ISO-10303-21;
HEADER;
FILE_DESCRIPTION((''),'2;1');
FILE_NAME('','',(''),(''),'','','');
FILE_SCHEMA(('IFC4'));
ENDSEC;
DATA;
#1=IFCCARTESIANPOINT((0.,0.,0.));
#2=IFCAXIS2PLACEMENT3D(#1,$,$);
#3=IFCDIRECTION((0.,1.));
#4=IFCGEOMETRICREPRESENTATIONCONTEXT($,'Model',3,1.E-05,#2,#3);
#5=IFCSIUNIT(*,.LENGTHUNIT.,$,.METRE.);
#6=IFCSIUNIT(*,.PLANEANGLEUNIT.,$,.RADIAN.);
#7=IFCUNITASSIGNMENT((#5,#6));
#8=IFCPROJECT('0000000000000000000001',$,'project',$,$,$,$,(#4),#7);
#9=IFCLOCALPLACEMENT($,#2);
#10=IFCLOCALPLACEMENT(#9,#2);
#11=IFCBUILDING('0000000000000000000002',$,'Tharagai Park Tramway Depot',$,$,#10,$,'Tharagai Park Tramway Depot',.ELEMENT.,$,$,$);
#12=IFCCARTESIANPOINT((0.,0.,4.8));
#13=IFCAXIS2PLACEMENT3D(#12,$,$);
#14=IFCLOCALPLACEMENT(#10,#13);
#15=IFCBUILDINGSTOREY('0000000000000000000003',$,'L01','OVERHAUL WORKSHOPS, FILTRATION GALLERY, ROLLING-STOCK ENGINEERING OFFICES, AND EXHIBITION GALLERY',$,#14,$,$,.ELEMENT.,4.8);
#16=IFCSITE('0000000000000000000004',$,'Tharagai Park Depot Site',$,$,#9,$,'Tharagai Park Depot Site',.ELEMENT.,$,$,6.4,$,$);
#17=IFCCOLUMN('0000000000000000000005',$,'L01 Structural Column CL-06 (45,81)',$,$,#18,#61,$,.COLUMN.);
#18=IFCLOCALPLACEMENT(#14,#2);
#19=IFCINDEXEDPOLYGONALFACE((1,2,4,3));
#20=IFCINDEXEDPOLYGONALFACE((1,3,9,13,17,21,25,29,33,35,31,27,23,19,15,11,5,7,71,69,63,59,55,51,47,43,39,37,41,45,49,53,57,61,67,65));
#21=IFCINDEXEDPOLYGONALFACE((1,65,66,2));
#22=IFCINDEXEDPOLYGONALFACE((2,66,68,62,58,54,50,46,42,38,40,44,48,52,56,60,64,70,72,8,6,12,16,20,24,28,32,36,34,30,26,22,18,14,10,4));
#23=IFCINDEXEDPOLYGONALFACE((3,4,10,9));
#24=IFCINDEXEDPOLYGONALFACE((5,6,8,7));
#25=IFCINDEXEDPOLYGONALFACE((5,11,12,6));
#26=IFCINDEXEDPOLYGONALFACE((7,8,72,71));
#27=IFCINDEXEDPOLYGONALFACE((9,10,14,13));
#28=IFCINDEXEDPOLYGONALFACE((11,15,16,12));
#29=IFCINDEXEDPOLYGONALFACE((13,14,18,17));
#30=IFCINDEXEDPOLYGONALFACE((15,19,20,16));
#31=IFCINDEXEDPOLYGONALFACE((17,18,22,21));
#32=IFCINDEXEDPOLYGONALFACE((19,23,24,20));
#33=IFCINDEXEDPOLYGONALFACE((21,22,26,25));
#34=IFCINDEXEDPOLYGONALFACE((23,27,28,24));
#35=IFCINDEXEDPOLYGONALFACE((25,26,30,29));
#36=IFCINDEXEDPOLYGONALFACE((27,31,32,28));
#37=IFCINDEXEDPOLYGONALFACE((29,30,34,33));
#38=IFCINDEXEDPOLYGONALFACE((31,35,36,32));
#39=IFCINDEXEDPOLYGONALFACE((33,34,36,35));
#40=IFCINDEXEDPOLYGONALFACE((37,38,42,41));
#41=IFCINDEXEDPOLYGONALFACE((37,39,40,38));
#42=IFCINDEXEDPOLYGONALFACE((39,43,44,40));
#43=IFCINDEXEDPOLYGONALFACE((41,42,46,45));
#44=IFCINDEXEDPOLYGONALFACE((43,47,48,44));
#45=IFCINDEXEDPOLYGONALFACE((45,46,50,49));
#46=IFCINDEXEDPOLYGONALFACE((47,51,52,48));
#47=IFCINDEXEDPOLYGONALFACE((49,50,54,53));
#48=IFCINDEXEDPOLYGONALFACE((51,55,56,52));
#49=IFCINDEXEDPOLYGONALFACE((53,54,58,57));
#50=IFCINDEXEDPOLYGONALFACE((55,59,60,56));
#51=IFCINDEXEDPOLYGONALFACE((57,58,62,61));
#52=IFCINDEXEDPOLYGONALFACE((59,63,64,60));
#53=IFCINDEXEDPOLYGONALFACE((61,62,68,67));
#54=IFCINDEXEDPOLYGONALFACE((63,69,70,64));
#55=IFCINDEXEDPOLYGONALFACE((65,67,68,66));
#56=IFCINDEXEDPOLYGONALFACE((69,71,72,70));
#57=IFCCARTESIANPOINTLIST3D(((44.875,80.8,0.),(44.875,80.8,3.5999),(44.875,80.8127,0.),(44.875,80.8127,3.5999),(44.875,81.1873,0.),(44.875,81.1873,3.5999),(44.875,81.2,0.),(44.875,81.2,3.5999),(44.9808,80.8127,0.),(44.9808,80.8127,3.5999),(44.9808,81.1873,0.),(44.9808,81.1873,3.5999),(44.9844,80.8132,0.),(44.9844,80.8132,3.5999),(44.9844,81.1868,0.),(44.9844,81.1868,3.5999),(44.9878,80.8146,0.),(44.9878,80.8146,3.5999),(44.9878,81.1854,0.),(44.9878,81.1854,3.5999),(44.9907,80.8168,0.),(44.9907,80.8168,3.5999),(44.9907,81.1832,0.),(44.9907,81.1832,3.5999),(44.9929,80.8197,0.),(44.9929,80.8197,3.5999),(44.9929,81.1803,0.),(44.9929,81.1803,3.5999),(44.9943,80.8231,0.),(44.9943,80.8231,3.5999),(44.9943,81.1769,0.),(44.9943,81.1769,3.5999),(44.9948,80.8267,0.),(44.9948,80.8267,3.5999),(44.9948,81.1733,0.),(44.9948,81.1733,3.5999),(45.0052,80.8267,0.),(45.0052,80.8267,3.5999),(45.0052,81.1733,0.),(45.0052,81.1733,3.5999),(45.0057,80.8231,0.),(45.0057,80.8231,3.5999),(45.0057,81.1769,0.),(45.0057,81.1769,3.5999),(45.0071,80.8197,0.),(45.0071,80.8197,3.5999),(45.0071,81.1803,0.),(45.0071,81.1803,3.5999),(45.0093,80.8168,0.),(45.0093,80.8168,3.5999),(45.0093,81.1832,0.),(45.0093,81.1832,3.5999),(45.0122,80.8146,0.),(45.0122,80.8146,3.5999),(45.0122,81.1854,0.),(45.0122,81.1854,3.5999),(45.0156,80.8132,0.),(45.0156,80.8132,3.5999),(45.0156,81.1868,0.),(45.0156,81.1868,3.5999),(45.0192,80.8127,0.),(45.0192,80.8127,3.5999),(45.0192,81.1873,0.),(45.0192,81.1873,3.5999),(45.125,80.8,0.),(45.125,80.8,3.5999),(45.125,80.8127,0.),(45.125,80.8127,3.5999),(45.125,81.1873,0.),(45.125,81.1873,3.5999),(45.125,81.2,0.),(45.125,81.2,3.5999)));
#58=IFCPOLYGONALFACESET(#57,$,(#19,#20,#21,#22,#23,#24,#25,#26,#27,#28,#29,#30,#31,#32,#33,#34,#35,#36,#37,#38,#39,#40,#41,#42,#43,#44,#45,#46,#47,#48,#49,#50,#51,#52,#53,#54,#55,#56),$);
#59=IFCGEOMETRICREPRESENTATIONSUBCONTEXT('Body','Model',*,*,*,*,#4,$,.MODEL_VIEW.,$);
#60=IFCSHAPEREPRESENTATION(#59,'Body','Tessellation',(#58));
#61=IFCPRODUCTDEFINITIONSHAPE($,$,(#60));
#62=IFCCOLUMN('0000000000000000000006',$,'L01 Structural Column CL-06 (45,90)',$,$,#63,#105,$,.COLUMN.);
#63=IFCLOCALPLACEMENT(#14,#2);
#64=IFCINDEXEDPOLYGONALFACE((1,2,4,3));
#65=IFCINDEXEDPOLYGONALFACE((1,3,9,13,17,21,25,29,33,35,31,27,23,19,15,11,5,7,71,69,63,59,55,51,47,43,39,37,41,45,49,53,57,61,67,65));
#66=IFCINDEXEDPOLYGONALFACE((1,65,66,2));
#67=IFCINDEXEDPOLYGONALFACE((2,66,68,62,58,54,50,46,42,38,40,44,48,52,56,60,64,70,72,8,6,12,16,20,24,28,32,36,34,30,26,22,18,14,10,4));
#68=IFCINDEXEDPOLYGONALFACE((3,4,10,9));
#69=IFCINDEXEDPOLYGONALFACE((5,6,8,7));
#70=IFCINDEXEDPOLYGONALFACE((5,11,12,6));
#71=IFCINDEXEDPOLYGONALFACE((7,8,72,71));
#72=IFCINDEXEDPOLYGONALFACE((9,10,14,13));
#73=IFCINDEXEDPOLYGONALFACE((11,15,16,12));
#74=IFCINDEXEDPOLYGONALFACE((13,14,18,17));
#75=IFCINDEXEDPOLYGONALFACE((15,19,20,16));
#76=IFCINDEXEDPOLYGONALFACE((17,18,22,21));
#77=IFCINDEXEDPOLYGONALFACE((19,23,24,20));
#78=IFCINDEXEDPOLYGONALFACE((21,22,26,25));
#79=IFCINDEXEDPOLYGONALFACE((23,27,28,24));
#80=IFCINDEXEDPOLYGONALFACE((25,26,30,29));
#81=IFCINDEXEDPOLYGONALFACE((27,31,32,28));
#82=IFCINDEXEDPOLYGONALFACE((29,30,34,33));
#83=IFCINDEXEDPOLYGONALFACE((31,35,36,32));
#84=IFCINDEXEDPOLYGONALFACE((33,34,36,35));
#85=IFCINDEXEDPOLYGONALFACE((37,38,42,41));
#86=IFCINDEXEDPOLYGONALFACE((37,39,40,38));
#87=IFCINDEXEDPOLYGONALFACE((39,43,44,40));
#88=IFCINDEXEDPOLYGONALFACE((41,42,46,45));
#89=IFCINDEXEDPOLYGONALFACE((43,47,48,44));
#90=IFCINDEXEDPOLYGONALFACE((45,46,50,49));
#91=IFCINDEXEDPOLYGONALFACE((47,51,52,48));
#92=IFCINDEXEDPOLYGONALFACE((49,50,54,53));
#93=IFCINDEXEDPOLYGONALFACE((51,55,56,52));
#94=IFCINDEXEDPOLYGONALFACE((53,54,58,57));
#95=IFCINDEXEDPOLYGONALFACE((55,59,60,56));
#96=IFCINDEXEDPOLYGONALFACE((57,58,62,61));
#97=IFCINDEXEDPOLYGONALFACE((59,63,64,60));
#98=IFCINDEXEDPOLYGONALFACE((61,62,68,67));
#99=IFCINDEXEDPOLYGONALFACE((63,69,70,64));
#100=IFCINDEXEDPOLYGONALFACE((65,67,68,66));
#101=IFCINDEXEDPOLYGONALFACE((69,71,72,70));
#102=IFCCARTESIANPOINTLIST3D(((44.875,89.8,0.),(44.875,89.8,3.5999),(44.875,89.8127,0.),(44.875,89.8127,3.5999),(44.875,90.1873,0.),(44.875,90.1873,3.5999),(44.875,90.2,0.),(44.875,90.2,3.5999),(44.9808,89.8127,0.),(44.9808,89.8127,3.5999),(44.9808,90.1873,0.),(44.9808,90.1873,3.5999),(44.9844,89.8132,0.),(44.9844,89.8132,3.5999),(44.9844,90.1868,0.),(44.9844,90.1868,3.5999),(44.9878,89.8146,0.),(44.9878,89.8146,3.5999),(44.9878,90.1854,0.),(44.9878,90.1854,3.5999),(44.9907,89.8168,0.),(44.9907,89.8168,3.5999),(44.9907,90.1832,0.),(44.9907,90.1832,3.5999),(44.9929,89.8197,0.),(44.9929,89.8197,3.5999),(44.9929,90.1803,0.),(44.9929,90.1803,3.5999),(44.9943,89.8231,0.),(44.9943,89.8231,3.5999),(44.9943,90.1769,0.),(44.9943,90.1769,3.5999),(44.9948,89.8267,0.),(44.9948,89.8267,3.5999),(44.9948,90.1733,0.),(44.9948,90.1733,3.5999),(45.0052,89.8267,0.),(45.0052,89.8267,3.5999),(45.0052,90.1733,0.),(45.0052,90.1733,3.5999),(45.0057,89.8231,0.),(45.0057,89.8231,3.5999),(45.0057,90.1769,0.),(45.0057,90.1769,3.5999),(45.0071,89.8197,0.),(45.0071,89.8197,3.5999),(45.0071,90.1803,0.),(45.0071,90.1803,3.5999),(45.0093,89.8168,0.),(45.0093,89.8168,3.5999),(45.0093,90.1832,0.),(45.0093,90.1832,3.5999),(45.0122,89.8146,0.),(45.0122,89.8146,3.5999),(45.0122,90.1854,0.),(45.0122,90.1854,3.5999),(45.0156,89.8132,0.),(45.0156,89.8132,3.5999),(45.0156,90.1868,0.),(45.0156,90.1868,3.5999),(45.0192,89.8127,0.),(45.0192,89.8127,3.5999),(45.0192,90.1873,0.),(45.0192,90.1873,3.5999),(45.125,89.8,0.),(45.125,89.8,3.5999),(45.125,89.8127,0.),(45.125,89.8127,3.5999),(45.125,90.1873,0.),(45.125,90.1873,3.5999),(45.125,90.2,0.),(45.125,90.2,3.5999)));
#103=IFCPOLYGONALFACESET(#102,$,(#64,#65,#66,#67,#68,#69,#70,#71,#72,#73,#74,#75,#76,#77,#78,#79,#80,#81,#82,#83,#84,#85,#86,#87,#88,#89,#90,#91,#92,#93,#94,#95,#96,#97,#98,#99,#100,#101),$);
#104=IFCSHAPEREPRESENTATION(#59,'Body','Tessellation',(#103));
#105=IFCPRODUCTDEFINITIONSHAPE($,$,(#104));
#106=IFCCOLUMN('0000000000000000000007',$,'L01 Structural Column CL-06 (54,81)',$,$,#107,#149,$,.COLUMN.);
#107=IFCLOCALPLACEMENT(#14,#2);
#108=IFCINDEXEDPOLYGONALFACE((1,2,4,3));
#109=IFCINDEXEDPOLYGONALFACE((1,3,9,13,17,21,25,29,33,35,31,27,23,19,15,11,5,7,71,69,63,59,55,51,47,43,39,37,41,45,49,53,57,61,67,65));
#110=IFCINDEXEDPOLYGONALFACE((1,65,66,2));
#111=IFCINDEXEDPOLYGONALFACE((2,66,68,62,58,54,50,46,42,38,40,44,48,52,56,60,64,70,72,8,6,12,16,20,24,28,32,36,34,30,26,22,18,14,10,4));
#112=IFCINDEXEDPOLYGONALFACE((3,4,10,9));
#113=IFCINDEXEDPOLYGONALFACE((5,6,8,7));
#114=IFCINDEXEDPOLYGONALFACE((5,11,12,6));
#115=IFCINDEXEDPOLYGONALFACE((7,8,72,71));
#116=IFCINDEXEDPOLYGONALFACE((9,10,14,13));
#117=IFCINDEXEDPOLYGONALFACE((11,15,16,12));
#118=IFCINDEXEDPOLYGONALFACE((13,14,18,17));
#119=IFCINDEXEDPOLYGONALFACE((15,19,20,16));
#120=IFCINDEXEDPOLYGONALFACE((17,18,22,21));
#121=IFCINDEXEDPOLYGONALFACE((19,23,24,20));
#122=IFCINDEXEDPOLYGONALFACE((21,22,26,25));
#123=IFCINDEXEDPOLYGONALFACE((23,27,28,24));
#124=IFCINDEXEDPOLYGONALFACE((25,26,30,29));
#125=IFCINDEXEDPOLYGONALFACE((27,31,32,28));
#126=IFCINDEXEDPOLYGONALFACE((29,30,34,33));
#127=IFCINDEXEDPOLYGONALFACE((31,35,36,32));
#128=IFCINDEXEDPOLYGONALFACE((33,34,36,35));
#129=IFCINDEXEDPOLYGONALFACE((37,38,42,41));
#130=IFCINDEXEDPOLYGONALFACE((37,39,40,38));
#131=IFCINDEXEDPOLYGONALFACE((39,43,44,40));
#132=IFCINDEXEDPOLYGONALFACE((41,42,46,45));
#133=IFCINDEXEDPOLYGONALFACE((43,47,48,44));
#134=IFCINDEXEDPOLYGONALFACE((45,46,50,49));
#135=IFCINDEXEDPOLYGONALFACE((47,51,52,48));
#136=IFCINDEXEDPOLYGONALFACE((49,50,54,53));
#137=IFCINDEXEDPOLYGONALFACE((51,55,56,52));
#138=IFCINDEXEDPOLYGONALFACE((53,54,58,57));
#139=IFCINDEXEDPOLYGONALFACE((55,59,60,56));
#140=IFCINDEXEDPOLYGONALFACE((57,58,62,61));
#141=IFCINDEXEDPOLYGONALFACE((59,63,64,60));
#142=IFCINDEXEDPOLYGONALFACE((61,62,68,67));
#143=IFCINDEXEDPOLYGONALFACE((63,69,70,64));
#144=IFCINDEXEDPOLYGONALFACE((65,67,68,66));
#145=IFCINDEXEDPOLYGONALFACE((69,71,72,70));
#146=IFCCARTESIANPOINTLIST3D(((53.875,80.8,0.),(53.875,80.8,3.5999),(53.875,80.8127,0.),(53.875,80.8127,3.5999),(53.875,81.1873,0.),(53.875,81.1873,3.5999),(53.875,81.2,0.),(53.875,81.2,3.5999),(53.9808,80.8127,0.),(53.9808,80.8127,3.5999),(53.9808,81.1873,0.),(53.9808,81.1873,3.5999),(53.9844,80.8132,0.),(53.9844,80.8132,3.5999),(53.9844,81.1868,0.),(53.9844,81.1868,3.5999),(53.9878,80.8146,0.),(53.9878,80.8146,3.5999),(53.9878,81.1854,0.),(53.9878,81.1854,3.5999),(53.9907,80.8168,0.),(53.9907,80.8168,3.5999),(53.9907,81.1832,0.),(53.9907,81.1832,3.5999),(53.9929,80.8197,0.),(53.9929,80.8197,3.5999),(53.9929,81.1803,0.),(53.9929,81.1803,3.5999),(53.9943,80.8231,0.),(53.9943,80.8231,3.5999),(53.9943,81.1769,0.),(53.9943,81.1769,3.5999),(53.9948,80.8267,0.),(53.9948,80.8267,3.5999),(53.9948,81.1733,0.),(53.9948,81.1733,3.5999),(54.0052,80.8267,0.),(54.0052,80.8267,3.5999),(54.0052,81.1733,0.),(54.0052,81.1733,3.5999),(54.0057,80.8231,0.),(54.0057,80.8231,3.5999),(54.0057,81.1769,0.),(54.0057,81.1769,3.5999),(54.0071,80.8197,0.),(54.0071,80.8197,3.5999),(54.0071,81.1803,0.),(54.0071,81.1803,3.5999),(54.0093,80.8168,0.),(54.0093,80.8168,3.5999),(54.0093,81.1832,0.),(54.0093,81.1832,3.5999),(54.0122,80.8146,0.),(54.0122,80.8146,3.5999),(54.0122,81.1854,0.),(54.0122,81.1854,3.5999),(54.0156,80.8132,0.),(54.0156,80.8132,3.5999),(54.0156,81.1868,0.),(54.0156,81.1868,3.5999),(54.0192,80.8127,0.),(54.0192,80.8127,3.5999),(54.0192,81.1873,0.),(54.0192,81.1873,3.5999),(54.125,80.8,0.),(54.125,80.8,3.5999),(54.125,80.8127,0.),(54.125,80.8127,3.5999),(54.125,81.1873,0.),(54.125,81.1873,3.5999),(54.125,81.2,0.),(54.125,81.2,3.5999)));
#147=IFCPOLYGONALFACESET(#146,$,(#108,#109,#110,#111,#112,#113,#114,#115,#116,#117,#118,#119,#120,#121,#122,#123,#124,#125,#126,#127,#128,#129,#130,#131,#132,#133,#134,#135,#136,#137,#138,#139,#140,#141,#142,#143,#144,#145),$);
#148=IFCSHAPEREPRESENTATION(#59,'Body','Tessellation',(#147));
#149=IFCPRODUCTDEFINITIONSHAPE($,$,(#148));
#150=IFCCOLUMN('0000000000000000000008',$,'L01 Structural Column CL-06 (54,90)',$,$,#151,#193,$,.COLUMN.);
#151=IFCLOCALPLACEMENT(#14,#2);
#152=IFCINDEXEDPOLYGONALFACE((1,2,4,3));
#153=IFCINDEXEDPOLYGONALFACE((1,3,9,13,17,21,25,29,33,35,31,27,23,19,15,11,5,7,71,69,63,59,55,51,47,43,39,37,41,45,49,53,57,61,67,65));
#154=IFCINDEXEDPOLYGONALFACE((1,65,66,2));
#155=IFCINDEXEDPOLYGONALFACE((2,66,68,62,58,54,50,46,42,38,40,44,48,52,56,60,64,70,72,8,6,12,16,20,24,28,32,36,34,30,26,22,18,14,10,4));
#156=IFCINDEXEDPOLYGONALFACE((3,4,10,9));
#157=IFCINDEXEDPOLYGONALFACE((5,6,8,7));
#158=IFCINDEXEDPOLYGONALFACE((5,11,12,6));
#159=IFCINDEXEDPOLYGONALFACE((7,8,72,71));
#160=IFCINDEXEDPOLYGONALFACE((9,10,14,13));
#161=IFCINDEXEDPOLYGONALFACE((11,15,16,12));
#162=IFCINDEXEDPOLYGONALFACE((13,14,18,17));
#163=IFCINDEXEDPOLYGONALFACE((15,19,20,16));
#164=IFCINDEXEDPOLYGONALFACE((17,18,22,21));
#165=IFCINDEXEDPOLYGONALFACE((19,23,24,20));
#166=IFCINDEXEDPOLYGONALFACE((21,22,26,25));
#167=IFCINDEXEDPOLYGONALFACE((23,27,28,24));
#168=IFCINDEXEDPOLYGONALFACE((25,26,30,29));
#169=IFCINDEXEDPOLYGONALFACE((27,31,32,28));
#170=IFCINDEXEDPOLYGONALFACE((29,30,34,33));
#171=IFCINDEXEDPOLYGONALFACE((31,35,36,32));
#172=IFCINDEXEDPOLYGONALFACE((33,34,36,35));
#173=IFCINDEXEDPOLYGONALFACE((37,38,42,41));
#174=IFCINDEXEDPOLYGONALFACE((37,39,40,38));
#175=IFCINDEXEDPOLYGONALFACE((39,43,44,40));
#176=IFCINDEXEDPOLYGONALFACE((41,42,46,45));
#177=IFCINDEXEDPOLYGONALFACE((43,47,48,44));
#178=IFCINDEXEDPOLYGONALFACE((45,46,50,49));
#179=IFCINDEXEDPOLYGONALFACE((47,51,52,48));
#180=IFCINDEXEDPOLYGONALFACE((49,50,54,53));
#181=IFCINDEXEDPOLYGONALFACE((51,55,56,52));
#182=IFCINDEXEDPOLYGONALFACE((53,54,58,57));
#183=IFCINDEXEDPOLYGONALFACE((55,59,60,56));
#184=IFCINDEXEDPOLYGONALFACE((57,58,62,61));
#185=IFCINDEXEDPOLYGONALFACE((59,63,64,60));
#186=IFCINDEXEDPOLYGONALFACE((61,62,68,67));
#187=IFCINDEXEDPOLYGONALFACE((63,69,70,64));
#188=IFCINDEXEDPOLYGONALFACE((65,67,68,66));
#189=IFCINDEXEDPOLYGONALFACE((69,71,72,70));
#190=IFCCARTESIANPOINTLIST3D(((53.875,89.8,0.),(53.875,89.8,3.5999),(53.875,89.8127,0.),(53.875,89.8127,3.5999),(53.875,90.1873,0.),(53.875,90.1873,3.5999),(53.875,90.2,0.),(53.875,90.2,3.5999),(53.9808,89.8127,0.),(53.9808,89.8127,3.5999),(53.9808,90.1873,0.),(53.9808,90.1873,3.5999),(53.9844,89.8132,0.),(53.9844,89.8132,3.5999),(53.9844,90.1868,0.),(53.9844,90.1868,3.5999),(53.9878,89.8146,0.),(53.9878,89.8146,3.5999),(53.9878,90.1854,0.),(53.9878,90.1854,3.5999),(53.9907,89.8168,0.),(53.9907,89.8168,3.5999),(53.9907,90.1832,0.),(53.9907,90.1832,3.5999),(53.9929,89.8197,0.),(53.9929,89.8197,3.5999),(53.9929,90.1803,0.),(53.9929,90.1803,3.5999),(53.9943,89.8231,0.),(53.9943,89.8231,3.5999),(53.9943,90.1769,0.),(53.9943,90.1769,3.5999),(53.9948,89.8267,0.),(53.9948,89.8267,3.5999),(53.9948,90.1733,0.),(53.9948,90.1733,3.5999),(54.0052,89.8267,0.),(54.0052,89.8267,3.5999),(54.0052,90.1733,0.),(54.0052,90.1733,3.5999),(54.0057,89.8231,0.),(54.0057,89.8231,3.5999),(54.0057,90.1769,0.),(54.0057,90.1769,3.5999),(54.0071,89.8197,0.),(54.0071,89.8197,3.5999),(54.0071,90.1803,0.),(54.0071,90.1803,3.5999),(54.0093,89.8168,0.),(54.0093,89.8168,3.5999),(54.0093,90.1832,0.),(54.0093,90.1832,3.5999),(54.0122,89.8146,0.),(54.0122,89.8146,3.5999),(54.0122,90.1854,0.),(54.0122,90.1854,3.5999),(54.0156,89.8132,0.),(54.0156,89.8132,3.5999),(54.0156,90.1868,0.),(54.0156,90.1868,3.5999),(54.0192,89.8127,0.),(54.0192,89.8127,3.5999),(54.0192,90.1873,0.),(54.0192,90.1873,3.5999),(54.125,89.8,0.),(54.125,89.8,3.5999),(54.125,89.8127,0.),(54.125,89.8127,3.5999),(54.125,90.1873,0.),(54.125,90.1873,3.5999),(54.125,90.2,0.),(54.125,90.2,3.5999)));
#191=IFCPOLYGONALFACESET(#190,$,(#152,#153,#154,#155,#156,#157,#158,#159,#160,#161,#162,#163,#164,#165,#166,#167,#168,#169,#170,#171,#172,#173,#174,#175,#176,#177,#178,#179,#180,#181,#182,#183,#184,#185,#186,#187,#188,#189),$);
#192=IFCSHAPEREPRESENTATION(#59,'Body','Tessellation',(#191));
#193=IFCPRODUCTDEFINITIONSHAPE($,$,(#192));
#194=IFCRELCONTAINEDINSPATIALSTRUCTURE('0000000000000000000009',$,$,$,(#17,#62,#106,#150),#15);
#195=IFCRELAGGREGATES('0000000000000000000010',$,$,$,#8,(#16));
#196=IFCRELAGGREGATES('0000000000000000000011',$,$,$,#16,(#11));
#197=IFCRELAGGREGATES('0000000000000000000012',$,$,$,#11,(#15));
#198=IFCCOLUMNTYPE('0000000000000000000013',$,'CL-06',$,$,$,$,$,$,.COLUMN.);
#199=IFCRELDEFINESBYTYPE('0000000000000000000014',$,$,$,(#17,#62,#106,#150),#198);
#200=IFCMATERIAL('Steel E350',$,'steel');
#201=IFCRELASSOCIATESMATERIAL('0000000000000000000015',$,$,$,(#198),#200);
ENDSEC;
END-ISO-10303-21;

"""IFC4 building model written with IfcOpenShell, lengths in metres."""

from ifc_helpers import new_model, si_unit, direction, frame, origin, origin_2d, place, context, subcontext, project, spatial, i_section, extrude, material, material_profile, profile_set, type_object, element, save


model = new_model("IFC4")

# Units and contexts
model_context = context("Model", 3, precision=1e-05, world=origin(), true_north=direction((0.0, 1.0)))
body_context = subcontext(model_context, "Body", "Model", "MODEL_VIEW")
ifc_project = project(units=[si_unit("LENGTHUNIT", "METRE"), si_unit("PLANEANGLEUNIT", "RADIAN")], contexts=[model_context])

# Site, building, storey
site_placement = place(None, origin())
site = spatial("IfcSite", under=ifc_project, at=site_placement, Name="Tharagai Park Depot Site", LongName="Tharagai Park Depot Site", CompositionType="ELEMENT", RefElevation=6.4)
building_placement = place(site_placement, origin())
building = spatial("IfcBuilding", under=site, at=building_placement, Name="Tharagai Park Tramway Depot", LongName="Tharagai Park Tramway Depot", CompositionType="ELEMENT")
storey_placement = place(building_placement, frame((0.0, 0.0, 4.8)))
storey = spatial("IfcBuildingStorey", under=building, at=storey_placement, Name="L01", Description="OVERHAUL WORKSHOPS, FILTRATION GALLERY, ROLLING-STOCK ENGINEERING OFFICES, AND EXHIBITION GALLERY", CompositionType="ELEMENT", Elevation=4.8)

# Columns
ifc_material_1 = material(Name="Steel E350", Category="steel")
ifc_material_profile_1 = material_profile(ifc_material_1, i_section(OverallWidth=0.25, OverallDepth=0.3999, WebThickness=0.0105, FlangeThickness=0.0127, FilletRadius=0.0139, at=origin_2d()), Name="ISHB 400")
ifc_profile_set_1 = profile_set([ifc_material_profile_1], Name="Steel E350")
column_type = type_object("IfcColumnType", Name="CL-06", PredefinedType="COLUMN", material=ifc_profile_set_1)
for number, where, z_axis, x_axis, name in (
    (1, (45.0, 81.0, 0.0), (0.0, 0.0, 1.0), (1.0, 0.0, 0.0), "L01 Structural Column CL-06 (45,81)"),
    (2, (45.0, 90.0, 0.0), (0.0, 0.0, 1.0), (1.0, 0.0, 0.0), "L01 Structural Column CL-06 (45,90)"),
    (3, (54.0, 81.0, 0.0), (0.0, 0.0, 1.0), (1.0, 0.0, 0.0), "L01 Structural Column CL-06 (54,81)"),
    (4, (54.0, 90.0, 0.0), (0.0, 0.0, 1.0), (1.0, 0.0, 0.0), "L01 Structural Column CL-06 (54,90)"),
):
    element("IfcColumn", number, at=place(storey_placement, frame(where, z_axis=z_axis, x_axis=x_axis)), inside=storey, type_object=column_type, Name=name, PredefinedType="COLUMN", context=body_context, shape_type="SweptSolid", body=[
        extrude(i_section(OverallWidth=0.25, OverallDepth=0.3999, WebThickness=0.0105, FlangeThickness=0.0127, FilletRadius=0.0139, at=origin_2d()), origin(), (0.0, 0.0, 1.0), 3.5999),
    ])

save(model, "model.ifc")
